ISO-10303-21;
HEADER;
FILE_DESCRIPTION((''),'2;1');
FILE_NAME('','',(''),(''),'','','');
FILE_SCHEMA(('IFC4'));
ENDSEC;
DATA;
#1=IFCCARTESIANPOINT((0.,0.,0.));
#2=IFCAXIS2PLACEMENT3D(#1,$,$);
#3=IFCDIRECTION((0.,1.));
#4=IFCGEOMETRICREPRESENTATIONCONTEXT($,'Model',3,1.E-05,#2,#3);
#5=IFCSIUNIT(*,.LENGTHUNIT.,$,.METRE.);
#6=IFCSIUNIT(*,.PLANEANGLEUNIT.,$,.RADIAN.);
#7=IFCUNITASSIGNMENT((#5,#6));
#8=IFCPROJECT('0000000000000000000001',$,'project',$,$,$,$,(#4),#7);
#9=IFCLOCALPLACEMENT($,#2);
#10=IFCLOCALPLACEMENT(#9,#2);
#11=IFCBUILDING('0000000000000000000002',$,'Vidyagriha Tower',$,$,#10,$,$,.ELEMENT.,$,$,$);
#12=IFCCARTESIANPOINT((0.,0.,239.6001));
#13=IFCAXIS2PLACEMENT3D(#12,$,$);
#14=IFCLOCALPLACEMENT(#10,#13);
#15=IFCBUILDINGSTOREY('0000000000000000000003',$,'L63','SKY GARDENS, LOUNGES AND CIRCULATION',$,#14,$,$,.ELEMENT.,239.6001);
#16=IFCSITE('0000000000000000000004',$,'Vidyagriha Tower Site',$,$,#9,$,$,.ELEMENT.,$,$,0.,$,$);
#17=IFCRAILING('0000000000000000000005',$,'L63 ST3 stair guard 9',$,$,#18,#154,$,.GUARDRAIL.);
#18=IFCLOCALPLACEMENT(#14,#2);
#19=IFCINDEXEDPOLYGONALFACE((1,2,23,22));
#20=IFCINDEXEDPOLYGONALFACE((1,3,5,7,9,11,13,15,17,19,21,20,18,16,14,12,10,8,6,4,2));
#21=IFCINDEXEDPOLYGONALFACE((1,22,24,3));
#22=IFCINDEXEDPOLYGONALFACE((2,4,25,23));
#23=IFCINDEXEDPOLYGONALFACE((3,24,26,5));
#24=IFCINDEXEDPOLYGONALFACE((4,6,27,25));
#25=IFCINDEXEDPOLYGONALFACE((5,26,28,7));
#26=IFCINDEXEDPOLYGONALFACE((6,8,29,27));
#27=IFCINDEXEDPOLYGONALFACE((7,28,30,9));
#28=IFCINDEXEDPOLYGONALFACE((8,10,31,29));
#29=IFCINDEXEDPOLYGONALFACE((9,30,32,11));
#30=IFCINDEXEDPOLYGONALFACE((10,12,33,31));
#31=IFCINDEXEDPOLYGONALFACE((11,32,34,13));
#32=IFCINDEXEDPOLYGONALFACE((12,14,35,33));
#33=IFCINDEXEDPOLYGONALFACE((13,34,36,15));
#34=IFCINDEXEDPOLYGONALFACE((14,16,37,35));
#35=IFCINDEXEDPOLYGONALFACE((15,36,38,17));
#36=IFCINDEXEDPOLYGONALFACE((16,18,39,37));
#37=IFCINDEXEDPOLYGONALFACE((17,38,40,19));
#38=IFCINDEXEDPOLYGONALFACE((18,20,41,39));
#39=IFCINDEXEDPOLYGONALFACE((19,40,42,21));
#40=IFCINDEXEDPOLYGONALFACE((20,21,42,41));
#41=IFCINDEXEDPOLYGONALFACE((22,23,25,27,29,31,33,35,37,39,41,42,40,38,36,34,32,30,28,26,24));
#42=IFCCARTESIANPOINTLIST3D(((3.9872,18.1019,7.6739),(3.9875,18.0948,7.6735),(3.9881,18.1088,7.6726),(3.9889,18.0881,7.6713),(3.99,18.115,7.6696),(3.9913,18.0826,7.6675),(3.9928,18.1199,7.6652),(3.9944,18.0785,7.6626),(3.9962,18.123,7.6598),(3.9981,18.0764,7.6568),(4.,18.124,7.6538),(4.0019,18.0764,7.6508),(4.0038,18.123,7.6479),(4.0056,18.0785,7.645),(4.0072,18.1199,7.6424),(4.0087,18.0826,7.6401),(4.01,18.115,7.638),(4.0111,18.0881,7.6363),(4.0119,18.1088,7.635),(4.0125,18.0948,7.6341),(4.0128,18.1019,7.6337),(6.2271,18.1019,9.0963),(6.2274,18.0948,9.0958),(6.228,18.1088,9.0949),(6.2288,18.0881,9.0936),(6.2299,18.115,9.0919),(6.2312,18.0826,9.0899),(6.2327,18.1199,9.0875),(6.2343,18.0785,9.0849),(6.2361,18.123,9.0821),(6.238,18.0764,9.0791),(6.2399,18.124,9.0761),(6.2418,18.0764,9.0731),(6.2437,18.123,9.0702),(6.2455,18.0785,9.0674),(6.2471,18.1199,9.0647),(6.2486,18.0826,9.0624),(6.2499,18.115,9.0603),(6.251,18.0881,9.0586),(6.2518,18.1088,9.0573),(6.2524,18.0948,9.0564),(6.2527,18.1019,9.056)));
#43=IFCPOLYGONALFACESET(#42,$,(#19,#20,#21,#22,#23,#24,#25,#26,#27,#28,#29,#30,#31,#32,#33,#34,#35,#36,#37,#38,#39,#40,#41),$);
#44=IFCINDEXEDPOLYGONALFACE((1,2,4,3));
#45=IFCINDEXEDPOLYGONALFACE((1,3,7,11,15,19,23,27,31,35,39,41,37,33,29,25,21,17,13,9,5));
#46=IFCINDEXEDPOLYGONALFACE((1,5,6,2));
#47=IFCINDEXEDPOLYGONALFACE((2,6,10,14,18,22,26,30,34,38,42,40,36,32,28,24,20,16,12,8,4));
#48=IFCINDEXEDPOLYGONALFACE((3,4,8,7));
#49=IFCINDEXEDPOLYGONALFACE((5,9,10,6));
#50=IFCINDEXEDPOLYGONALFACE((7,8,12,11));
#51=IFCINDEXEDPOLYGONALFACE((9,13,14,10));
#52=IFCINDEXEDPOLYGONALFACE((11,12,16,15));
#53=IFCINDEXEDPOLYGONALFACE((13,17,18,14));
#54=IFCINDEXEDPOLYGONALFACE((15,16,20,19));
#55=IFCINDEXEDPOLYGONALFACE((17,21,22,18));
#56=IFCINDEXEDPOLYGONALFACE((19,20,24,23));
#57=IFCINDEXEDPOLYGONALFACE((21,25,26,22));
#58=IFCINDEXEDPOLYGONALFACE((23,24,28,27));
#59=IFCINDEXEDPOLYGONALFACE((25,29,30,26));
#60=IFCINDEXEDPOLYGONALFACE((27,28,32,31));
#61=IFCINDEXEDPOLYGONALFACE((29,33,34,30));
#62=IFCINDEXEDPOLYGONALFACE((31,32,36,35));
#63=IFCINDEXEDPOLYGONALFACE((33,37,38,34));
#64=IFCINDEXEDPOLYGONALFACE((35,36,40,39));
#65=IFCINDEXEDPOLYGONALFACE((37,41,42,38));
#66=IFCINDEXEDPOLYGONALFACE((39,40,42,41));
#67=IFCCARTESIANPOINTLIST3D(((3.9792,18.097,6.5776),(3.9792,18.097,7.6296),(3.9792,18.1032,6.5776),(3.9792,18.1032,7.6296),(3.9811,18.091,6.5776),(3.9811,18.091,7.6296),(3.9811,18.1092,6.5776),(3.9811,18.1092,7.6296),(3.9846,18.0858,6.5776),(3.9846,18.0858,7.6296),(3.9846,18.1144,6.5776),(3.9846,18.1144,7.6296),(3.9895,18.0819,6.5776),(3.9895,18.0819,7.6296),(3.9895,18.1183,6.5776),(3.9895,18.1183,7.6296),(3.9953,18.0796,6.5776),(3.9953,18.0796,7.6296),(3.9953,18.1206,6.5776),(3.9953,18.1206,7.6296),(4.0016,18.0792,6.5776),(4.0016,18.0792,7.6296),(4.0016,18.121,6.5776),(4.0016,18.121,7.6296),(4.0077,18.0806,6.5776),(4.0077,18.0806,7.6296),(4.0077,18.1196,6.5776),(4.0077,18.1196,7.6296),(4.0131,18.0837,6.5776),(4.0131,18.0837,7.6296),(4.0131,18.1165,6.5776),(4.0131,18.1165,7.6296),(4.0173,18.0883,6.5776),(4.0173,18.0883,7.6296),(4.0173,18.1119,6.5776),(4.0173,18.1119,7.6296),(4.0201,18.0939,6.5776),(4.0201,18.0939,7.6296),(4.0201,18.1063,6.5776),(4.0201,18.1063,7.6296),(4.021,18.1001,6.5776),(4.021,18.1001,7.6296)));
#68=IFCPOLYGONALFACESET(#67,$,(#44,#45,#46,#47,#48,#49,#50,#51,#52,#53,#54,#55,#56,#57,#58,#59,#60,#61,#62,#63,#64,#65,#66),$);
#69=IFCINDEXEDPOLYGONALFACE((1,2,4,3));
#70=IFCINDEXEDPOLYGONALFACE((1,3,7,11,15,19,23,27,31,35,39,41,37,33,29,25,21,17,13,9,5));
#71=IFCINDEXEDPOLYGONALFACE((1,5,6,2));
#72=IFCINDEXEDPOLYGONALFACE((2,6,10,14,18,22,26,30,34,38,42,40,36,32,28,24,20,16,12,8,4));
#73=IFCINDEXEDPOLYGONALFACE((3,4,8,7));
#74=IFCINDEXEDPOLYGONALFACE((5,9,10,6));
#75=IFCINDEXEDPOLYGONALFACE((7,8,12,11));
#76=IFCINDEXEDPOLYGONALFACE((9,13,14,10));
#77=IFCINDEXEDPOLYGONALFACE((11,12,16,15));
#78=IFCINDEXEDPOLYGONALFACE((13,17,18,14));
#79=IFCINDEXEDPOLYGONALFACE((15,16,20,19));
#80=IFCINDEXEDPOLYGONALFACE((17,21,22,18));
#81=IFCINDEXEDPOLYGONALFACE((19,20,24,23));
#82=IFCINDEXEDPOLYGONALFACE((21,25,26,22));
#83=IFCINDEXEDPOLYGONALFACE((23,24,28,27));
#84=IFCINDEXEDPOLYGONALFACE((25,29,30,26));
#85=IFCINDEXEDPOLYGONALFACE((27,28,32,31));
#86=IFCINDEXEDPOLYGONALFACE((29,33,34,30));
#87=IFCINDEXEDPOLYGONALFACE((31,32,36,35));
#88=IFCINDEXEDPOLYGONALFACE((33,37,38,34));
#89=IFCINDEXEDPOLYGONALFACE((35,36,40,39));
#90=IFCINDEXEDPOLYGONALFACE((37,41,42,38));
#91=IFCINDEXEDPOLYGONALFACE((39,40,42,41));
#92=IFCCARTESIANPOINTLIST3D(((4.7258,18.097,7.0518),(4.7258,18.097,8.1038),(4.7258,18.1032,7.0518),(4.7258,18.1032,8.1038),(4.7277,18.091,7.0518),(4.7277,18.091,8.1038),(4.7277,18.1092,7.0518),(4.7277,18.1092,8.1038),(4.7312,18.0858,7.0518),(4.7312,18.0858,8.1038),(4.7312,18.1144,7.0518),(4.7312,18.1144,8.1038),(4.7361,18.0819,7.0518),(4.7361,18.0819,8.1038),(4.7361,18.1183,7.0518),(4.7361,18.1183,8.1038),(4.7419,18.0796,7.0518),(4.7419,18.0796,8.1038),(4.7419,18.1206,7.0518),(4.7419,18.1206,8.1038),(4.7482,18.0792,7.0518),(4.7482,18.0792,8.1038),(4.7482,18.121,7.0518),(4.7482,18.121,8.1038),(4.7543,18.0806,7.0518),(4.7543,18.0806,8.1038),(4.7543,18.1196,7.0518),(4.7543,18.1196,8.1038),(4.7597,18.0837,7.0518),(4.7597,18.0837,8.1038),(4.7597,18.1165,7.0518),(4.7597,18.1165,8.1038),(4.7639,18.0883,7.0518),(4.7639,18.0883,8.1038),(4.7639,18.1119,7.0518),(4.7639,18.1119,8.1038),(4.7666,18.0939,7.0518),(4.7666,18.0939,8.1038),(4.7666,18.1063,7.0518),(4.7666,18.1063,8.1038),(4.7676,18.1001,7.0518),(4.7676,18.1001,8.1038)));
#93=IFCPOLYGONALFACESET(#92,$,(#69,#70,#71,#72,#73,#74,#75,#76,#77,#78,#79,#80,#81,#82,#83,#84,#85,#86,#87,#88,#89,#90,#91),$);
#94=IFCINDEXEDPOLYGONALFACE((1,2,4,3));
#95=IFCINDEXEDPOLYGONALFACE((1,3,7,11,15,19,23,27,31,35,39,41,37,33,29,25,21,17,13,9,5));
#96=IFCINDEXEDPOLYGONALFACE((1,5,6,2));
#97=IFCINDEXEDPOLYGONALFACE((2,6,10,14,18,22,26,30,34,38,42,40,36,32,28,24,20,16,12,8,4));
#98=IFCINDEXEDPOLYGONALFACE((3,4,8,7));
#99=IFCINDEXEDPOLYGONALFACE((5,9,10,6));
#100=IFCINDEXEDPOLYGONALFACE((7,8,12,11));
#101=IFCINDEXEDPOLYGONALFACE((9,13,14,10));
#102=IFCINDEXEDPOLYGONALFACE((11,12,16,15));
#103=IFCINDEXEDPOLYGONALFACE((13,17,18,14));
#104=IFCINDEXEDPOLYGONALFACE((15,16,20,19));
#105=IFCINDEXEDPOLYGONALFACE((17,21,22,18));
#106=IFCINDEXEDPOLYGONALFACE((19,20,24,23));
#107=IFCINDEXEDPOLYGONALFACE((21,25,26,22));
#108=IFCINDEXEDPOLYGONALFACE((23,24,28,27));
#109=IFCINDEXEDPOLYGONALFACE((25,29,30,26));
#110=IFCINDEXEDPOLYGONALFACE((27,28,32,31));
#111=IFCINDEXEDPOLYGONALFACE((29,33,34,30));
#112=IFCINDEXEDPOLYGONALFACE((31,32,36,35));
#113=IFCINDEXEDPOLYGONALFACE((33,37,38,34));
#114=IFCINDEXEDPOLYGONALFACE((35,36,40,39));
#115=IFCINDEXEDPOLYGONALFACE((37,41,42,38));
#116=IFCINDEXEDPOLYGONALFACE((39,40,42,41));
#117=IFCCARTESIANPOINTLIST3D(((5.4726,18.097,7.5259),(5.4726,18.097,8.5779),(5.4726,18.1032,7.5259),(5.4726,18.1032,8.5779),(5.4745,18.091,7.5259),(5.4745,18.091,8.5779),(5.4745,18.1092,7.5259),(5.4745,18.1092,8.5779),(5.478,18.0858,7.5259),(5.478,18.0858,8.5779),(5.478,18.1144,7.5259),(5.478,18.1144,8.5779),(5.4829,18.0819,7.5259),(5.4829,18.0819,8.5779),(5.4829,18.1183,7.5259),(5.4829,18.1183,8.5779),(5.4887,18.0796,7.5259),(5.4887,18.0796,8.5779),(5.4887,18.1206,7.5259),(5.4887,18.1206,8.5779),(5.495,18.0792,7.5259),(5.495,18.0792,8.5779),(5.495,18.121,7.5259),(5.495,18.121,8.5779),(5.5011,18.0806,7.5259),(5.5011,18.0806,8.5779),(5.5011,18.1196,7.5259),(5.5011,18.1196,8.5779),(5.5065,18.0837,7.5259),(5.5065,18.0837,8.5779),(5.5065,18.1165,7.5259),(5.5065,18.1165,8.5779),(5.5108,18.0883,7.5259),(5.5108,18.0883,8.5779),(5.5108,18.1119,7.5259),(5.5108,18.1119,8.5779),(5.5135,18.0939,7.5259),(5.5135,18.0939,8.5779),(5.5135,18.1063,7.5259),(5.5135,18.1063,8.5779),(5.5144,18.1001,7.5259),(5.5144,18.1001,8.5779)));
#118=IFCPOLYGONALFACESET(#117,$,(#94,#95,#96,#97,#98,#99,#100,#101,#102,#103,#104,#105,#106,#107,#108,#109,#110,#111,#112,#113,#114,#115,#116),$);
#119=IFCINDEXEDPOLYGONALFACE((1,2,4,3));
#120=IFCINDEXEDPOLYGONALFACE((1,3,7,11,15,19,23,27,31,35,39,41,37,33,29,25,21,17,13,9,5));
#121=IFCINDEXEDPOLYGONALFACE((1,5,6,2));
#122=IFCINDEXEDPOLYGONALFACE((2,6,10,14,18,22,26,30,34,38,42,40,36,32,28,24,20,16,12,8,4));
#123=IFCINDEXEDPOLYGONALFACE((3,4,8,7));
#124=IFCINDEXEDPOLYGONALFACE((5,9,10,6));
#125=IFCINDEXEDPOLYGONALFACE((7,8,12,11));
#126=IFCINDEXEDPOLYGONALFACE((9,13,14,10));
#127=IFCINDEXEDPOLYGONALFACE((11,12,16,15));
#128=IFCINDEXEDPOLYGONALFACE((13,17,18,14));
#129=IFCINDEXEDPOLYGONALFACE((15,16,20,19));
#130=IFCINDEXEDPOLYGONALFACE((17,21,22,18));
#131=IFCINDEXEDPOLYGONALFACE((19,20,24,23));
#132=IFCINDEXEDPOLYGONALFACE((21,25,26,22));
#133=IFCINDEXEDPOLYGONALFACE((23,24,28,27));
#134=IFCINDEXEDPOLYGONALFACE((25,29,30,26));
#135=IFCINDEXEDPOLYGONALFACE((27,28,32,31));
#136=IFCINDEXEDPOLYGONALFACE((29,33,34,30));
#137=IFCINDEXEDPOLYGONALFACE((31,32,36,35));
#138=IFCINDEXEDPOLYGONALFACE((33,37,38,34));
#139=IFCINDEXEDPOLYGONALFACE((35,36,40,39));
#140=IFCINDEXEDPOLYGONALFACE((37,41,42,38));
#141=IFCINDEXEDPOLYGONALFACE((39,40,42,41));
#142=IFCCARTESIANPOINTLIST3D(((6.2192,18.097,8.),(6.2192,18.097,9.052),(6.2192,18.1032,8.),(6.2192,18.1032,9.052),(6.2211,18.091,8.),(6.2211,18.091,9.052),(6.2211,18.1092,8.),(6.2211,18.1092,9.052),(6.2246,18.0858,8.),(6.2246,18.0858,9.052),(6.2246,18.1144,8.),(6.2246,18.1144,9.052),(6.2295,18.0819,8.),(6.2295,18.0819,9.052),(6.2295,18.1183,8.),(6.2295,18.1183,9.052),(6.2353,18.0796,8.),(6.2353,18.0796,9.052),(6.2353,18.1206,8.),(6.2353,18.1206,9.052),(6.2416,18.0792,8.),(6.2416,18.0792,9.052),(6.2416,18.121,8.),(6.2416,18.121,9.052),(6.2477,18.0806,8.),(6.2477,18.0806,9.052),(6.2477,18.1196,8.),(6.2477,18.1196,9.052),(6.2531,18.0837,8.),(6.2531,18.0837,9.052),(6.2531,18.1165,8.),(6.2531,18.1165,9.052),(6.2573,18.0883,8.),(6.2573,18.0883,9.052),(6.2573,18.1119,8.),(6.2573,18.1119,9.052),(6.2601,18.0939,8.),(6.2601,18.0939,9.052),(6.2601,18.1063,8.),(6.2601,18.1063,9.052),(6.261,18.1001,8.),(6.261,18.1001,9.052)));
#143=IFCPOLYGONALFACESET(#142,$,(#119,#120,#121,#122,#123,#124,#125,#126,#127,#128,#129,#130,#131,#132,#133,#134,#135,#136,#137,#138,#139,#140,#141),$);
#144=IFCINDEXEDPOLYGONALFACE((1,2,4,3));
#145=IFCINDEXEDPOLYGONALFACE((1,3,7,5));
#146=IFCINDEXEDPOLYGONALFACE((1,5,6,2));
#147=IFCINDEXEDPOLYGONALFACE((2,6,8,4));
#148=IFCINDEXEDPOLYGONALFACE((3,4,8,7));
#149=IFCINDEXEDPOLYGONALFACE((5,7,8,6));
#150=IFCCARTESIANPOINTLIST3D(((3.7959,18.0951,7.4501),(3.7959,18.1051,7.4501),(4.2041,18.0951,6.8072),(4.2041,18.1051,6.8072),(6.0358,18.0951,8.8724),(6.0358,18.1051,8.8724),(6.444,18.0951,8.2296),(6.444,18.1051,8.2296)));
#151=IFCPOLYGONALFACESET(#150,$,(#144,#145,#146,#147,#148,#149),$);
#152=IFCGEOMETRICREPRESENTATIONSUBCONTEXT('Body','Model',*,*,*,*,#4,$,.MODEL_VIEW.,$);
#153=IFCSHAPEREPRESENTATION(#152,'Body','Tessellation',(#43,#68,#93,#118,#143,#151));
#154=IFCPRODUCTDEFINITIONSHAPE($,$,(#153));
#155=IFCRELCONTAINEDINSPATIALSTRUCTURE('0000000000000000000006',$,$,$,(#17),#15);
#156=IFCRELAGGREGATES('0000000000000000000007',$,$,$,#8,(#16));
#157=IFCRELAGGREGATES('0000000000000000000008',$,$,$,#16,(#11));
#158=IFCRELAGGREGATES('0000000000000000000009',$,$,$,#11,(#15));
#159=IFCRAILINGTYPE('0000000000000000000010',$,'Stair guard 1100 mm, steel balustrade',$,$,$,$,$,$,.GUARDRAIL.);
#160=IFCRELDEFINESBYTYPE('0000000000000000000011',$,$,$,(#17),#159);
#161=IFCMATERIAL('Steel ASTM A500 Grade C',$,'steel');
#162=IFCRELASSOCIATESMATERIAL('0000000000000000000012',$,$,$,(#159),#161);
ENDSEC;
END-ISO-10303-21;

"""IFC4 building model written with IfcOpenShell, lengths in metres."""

from ifc_helpers import new_model, si_unit, direction, frame, origin, origin_2d, place, context, subcontext, project, spatial, rectangle, circle, extrude, material, type_object, element, save


model = new_model("IFC4")

# Units and contexts
model_context = context("Model", 3, precision=1e-05, world=origin(), true_north=direction((0.0, 1.0)))
body_context = subcontext(model_context, "Body", "Model", "MODEL_VIEW")
ifc_project = project(units=[si_unit("LENGTHUNIT", "METRE"), si_unit("PLANEANGLEUNIT", "RADIAN")], contexts=[model_context])

# Site, building, storey
site_placement = place(None, origin())
site = spatial("IfcSite", under=ifc_project, at=site_placement, Name="Vidyagriha Tower Site", CompositionType="ELEMENT", RefElevation=0.0)
building_placement = place(site_placement, origin())
building = spatial("IfcBuilding", under=site, at=building_placement, Name="Vidyagriha Tower", CompositionType="ELEMENT")
storey_placement = place(building_placement, frame((0.0, 0.0, 239.6001)))
storey = spatial("IfcBuildingStorey", under=building, at=storey_placement, Name="L63", Description="SKY GARDENS, LOUNGES AND CIRCULATION", CompositionType="ELEMENT", Elevation=239.6001)

# Railing
ifc_material_1 = material(Name="Steel ASTM A500 Grade C", Category="steel")
railing_type_1 = type_object("IfcRailingType", Name="Stair guard 1100 mm, steel balustrade", PredefinedType="GUARDRAIL", material=ifc_material_1)
railing_1_placement = place(storey_placement, frame((4.0, 18.1001, 6.5776)))
element("IfcRailing", 1, at=railing_1_placement, inside=storey, type_object=railing_type_1, Name="L63 ST3 stair guard 9", PredefinedType="GUARDRAIL", context=body_context, shape_type="SweptSolid", body=[
    extrude(circle(Radius=0.0239, at=origin_2d()), frame((0.0, 0.0, 1.0762), z_axis=(0.844188, 0.0, 0.536048), x_axis=(0.0, 1.0, 0.0)), (0.0, 0.0, 1.0), 2.6533),
    extrude(circle(Radius=0.021, at=origin_2d()), origin(), (0.0, 0.0, 1.0), 1.052),
    extrude(circle(Radius=0.021, at=origin_2d()), frame((0.7466, 0.0, 0.4741)), (0.0, 0.0, 1.0), 1.052),
    extrude(circle(Radius=0.021, at=origin_2d()), frame((1.4934, 0.0, 0.9482)), (0.0, 0.0, 1.0), 1.052),
    extrude(circle(Radius=0.021, at=origin_2d()), frame((2.24, 0.0, 1.4224)), (0.0, 0.0, 1.0), 1.052),
    extrude(rectangle(XDim=0.01, YDim=0.7615, at=origin_2d()), frame((0.0, 0.0, 0.551), z_axis=(0.844188, 0.0, 0.536048), x_axis=(0.0, 1.0, 0.0)), (0.0, 0.0, 1.0), 2.6533),
])

save(model, "model.ifc")
